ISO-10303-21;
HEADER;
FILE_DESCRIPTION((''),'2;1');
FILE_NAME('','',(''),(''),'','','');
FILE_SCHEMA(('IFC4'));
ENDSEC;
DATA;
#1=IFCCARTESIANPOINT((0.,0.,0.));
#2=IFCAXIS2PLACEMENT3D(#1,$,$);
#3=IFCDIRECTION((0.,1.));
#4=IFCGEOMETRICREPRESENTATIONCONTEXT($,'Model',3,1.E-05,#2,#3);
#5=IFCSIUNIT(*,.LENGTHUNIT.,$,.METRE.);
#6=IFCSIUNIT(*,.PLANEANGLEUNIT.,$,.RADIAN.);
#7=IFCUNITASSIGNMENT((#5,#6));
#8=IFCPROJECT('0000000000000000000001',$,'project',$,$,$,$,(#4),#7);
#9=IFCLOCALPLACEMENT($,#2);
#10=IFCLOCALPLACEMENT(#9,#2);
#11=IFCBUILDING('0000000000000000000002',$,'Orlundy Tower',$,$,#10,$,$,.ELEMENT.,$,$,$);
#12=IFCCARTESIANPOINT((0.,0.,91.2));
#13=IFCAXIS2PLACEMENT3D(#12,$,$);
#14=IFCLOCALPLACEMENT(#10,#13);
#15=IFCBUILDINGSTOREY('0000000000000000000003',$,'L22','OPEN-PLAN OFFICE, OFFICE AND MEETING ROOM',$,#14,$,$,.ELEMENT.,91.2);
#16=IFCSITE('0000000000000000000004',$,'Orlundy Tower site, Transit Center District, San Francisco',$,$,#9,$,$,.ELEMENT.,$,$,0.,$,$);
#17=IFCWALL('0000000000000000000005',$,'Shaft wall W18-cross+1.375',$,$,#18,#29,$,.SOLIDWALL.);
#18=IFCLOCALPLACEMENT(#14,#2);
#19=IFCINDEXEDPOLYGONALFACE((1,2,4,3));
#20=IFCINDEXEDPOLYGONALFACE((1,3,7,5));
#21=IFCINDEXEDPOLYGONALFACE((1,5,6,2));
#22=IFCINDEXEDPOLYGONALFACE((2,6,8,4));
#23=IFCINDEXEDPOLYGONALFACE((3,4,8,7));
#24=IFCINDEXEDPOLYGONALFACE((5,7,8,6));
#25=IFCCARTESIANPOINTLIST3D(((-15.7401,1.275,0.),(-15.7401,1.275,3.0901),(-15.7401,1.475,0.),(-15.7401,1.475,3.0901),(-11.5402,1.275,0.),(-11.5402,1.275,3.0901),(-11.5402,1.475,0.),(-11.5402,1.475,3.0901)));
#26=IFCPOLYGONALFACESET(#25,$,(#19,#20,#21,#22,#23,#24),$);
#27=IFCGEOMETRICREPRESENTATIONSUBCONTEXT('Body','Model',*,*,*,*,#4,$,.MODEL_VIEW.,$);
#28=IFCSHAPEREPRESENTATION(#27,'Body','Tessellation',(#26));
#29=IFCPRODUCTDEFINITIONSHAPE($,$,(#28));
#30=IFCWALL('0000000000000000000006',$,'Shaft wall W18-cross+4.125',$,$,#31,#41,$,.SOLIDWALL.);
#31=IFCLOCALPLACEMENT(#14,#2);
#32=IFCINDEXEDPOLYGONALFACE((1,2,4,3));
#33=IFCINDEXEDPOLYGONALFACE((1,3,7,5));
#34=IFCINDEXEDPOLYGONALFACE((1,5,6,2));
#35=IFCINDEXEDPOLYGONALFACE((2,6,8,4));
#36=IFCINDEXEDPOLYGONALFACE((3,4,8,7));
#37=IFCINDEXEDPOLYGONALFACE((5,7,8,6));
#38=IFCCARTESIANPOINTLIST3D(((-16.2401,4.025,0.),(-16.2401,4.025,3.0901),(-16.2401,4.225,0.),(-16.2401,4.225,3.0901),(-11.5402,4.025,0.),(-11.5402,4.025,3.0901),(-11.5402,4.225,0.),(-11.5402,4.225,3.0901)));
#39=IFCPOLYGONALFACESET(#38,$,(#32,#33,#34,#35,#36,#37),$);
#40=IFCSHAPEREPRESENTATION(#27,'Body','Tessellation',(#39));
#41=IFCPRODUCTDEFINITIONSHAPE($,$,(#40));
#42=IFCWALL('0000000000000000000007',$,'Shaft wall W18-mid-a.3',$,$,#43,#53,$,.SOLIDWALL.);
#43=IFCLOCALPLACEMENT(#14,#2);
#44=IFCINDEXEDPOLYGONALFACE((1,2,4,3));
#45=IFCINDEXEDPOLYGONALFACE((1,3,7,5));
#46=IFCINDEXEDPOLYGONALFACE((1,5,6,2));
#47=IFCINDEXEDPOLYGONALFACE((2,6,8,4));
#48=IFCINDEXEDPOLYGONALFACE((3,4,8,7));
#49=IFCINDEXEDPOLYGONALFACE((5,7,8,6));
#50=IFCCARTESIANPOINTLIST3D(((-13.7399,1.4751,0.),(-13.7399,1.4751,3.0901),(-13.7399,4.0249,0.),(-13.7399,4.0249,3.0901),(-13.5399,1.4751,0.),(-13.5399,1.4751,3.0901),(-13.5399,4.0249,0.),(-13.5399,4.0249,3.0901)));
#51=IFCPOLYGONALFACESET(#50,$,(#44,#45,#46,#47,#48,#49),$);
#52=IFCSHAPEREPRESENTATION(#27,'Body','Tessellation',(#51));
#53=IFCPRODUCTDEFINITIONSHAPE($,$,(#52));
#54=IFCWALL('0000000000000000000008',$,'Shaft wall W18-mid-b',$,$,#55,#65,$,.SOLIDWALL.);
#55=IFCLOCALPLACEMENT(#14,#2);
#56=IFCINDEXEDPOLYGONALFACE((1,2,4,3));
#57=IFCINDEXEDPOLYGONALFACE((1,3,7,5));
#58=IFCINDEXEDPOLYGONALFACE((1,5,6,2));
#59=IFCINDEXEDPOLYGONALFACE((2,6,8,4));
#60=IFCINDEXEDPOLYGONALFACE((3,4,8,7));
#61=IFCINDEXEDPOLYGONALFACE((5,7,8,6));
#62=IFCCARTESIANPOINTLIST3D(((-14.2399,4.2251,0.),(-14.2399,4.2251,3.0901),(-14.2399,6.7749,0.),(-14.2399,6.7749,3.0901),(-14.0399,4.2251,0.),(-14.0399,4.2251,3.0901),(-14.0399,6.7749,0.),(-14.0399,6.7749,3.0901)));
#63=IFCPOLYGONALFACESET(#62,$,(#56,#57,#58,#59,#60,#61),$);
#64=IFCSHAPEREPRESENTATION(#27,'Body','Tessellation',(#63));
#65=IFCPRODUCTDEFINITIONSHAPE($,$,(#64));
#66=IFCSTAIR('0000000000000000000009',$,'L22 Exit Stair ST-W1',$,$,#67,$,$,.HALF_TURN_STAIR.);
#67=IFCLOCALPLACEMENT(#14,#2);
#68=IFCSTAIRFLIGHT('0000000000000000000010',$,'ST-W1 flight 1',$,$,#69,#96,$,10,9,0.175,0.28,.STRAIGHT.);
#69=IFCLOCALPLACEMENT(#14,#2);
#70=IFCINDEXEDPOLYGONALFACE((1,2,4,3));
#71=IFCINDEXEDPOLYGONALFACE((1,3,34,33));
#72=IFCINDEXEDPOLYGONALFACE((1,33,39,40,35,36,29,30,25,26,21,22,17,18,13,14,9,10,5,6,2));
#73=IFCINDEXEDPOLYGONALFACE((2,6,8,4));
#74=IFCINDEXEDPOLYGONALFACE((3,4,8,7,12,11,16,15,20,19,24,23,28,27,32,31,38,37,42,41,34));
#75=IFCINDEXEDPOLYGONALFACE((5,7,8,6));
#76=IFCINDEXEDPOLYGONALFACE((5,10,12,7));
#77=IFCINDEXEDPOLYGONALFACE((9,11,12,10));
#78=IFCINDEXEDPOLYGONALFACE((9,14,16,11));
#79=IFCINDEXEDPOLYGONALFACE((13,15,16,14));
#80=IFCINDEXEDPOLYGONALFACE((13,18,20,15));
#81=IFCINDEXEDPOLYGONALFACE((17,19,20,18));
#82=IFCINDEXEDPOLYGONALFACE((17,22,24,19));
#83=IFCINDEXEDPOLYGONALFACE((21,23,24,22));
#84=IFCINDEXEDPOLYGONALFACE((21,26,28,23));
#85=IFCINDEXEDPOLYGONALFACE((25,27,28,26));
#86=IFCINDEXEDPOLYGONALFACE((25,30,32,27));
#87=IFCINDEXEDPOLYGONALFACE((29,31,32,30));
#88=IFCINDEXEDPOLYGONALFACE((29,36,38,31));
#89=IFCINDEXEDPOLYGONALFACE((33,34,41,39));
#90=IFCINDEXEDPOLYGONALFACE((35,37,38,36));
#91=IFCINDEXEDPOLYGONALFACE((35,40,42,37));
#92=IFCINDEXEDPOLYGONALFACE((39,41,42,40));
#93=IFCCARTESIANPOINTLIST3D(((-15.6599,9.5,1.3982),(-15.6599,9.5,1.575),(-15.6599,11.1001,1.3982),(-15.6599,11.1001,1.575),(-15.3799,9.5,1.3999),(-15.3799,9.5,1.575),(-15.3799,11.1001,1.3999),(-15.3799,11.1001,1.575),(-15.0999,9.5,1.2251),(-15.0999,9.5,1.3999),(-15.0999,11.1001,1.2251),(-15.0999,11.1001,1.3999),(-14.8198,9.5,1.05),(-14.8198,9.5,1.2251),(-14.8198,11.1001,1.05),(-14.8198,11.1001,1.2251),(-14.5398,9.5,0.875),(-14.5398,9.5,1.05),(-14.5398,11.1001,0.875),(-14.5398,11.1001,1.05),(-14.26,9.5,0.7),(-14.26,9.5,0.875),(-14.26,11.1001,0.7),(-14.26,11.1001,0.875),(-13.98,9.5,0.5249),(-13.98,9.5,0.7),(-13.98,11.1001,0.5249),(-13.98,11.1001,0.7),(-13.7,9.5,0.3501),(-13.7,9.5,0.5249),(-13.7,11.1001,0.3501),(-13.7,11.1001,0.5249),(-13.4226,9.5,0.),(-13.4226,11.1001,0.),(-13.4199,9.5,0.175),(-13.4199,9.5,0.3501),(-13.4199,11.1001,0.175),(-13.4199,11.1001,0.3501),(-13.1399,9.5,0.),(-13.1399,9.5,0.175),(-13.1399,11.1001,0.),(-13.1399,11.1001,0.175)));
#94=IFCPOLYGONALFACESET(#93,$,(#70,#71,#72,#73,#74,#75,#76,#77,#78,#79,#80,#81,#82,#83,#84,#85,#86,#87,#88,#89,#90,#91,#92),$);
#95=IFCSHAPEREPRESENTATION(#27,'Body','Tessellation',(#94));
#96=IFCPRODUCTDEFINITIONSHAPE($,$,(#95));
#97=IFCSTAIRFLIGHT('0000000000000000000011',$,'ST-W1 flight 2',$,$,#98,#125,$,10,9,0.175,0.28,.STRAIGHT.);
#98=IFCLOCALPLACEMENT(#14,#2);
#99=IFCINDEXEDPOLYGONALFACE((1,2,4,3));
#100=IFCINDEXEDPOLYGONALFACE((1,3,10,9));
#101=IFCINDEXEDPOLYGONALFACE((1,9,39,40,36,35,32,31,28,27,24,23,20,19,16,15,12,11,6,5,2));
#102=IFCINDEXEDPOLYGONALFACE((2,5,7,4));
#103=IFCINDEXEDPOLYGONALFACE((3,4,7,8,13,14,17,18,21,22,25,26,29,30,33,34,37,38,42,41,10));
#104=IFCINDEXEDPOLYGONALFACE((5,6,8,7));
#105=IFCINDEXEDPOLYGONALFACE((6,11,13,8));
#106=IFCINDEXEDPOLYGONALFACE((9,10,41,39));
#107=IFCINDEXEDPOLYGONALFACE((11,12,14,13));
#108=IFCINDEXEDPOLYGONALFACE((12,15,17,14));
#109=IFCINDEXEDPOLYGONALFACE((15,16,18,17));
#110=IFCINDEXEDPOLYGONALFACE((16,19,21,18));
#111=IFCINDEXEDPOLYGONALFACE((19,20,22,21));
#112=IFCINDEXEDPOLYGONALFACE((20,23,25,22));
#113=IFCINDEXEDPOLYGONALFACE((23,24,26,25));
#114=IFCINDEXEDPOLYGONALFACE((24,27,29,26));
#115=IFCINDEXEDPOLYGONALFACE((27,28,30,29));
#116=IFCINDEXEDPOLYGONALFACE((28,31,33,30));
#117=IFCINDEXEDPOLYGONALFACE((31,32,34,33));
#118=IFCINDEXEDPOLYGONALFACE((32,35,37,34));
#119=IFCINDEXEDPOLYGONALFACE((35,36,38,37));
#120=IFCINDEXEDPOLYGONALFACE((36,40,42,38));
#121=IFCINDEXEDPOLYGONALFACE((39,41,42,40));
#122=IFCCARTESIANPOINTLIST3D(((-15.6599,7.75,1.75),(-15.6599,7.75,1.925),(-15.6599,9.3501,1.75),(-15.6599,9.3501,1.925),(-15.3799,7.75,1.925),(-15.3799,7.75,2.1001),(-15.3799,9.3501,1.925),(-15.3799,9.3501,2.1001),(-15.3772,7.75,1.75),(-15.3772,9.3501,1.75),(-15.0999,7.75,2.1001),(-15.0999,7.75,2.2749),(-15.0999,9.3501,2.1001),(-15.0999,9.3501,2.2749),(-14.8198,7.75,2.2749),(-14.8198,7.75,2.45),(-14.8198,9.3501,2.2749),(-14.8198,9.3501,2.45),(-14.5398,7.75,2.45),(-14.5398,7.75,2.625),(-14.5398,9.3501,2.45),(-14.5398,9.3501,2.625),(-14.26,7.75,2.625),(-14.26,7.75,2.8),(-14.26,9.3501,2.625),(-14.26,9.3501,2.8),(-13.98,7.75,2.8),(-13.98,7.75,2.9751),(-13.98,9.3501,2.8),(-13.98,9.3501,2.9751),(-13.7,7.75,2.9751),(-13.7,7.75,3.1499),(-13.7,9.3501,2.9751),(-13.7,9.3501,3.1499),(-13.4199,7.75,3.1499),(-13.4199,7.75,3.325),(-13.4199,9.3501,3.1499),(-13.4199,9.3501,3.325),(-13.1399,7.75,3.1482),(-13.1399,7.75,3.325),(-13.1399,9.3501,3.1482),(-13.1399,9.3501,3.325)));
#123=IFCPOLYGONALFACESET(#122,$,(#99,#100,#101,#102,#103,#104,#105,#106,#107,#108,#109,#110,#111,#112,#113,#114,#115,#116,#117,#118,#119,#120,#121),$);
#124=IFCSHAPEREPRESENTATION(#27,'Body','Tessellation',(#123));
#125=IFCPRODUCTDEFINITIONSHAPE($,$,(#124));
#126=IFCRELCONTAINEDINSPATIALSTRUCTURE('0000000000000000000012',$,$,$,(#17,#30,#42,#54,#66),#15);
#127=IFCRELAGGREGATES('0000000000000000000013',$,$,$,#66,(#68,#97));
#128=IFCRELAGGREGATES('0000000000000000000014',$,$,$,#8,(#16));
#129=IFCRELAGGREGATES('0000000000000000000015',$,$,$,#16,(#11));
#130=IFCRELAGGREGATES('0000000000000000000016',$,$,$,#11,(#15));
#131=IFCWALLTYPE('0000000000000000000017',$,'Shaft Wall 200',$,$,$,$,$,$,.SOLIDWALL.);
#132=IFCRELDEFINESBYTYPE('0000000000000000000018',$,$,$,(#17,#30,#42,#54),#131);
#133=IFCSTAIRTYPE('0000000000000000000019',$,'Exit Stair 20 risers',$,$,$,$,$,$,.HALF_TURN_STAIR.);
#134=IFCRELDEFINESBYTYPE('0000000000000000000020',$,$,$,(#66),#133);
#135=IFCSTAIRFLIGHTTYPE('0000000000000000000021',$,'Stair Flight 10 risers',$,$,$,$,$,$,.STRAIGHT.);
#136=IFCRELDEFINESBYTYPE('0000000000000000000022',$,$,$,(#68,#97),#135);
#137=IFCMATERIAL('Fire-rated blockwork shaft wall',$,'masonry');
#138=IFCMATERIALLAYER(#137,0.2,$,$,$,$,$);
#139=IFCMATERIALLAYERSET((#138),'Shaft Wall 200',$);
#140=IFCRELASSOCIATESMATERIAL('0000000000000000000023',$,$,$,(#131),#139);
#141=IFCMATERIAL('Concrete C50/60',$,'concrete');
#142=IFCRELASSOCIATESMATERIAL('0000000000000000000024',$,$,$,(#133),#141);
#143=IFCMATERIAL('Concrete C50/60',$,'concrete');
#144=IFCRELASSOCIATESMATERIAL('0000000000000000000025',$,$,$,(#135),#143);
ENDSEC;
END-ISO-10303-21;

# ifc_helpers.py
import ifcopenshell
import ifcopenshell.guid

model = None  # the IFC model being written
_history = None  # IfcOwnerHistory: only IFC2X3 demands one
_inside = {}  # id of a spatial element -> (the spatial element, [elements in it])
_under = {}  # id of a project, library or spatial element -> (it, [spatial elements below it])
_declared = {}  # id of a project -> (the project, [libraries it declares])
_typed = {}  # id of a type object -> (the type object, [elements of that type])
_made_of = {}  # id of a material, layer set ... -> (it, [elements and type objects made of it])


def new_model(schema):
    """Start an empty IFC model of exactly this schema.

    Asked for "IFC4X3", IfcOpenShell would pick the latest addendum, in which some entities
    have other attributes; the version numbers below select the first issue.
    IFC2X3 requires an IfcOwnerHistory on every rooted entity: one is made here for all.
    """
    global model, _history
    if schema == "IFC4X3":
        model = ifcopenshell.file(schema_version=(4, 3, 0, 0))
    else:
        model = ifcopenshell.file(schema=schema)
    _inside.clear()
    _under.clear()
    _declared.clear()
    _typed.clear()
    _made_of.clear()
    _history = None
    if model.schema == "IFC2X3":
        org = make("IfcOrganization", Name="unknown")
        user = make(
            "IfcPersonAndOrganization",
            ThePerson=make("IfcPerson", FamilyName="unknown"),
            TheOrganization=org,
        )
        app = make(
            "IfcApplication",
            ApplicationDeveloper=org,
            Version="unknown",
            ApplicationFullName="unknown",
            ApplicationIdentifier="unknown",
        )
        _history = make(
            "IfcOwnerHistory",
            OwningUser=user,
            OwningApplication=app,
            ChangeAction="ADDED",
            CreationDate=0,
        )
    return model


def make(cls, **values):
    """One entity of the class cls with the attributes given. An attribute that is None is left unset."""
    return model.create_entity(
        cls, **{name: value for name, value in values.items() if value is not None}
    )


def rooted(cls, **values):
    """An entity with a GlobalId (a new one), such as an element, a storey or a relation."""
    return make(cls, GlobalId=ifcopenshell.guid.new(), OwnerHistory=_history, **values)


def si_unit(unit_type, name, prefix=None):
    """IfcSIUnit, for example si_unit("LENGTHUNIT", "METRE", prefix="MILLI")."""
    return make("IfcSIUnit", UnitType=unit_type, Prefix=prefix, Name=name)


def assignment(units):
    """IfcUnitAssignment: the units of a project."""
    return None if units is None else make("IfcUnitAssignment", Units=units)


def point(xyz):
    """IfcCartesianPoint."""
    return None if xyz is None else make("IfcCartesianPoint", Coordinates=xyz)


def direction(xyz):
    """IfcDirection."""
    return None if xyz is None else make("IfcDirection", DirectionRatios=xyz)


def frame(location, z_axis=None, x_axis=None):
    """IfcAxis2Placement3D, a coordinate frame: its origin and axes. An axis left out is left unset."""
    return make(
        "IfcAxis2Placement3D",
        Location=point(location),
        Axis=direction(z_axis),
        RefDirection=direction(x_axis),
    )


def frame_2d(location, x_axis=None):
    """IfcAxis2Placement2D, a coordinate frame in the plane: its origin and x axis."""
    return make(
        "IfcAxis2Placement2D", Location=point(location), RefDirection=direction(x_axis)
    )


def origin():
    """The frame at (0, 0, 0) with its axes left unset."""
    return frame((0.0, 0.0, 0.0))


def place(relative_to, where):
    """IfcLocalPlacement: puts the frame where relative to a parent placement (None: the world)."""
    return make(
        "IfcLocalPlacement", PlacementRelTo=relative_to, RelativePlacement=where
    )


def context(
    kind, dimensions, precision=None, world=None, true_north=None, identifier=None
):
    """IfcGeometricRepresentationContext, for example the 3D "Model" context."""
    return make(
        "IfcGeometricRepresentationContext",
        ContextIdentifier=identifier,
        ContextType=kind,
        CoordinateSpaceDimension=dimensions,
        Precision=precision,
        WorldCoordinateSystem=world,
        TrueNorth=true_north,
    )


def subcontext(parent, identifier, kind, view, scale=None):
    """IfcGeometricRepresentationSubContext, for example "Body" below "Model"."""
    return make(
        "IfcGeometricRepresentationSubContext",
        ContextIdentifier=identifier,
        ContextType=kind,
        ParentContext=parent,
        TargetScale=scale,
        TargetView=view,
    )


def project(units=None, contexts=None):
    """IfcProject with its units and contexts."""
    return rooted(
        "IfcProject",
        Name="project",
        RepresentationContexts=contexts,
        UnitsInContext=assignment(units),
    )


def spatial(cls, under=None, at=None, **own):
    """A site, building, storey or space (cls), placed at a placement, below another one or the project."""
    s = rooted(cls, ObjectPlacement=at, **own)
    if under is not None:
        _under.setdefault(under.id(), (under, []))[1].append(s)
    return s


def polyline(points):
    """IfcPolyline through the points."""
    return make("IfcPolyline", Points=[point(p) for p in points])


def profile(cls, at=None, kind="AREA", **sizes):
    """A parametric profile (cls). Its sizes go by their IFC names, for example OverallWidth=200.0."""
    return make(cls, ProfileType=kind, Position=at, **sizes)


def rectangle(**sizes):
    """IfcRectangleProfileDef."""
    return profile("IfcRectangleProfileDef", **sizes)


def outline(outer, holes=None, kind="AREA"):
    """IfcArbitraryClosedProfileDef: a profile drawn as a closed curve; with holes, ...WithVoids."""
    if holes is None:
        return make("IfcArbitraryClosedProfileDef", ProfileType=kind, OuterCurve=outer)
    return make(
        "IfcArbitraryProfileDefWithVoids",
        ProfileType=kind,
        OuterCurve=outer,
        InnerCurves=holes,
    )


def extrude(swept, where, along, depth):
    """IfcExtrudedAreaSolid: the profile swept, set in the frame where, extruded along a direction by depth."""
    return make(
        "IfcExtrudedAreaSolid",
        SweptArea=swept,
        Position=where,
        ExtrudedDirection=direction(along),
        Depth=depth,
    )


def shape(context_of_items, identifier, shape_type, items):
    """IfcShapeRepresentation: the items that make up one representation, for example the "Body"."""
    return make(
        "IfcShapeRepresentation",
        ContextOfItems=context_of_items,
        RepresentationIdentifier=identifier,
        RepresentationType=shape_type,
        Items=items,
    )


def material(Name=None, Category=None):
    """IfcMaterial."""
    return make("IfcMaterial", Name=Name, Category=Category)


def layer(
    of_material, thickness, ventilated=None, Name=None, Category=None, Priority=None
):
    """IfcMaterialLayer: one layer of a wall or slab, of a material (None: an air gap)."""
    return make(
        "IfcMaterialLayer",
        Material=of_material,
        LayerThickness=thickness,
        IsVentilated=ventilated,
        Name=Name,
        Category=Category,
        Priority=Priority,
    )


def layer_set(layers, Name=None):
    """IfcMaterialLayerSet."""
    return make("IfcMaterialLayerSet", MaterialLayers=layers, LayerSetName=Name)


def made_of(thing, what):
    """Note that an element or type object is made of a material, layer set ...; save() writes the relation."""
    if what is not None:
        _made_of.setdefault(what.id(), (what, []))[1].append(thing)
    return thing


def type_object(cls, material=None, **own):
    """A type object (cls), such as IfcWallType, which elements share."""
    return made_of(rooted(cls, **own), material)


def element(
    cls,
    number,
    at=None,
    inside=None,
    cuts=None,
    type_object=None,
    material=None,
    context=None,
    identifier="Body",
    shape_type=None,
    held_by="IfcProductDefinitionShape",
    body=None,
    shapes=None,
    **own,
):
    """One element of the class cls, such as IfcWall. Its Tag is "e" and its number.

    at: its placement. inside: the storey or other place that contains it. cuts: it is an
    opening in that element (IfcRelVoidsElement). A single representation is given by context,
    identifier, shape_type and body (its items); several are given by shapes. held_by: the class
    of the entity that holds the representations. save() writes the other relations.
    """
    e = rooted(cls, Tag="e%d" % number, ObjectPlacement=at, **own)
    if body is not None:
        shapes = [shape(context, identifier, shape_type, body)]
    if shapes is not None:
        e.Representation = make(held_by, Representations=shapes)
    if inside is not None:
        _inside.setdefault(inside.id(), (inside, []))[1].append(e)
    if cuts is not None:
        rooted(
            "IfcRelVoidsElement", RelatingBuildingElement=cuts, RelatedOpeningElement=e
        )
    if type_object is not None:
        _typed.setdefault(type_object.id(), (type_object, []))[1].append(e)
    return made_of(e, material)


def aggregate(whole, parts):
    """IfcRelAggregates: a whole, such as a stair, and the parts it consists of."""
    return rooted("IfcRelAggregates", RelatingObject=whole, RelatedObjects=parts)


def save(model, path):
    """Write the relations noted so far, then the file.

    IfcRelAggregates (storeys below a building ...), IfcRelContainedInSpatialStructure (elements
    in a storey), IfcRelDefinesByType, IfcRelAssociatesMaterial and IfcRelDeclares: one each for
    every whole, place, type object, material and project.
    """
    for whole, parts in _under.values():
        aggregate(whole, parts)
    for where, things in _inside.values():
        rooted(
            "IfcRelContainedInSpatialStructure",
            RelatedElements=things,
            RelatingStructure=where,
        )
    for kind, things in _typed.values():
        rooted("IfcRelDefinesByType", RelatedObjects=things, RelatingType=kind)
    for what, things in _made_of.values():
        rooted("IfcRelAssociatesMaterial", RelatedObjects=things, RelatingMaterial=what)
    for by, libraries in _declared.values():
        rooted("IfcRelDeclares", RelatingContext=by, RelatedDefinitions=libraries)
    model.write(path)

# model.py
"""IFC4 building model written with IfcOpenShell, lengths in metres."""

from ifc_helpers import new_model, si_unit, direction, frame, frame_2d, origin, place, context, subcontext, project, spatial, polyline, rectangle, outline, extrude, material, layer, layer_set, type_object, element, aggregate, save


model = new_model("IFC4")

# Units and contexts
model_context = context("Model", 3, precision=1e-05, world=origin(), true_north=direction((0.0, 1.0)))
body_context = subcontext(model_context, "Body", "Model", "MODEL_VIEW")
ifc_project = project(units=[si_unit("LENGTHUNIT", "METRE"), si_unit("PLANEANGLEUNIT", "RADIAN")], contexts=[model_context])

# Site, building, storey
site_placement = place(None, origin())
site = spatial("IfcSite", under=ifc_project, at=site_placement, Name="Orlundy Tower site, Transit Center District, San Francisco", CompositionType="ELEMENT", RefElevation=0.0)
building_placement = place(site_placement, origin())
building = spatial("IfcBuilding", under=site, at=building_placement, Name="Orlundy Tower", CompositionType="ELEMENT")
storey_placement = place(building_placement, frame((0.0, 0.0, 91.2)))
storey = spatial("IfcBuildingStorey", under=building, at=storey_placement, Name="L22", Description="OPEN-PLAN OFFICE, OFFICE AND MEETING ROOM", CompositionType="ELEMENT", Elevation=91.2)

# Walls
ifc_material_1 = material(Name="Fire-rated blockwork shaft wall", Category="masonry")
ifc_layer_1 = layer(ifc_material_1, 0.2)
ifc_layer_set_1 = layer_set([ifc_layer_1], Name="Shaft Wall 200")
wall_type_1 = type_object("IfcWallType", Name="Shaft Wall 200", PredefinedType="SOLIDWALL", material=ifc_layer_set_1)
wall_1_placement = place(storey_placement, frame((-11.54, 1.375, 0.0), z_axis=(0.0, 0.0, 1.0), x_axis=(-1.0, 0.0, 0.0)))
element("IfcWall", 1, at=wall_1_placement, inside=storey, type_object=wall_type_1, Name="Shaft wall W18-cross+1.375", PredefinedType="SOLIDWALL", context=body_context, shape_type="SweptSolid", body=[
    extrude(rectangle(XDim=4.2, YDim=0.2, at=frame_2d((2.1001, 0.0))), origin(), (0.0, 0.0, 1.0), 3.0901),
])
wall_2_placement = place(storey_placement, frame((-11.54, 4.125, 0.0), z_axis=(0.0, 0.0, 1.0), x_axis=(-1.0, 0.0, 0.0)))
element("IfcWall", 2, at=wall_2_placement, inside=storey, type_object=wall_type_1, Name="Shaft wall W18-cross+4.125", PredefinedType="SOLIDWALL", context=body_context, shape_type="SweptSolid", body=[
    extrude(rectangle(XDim=4.7, YDim=0.2, at=frame_2d((2.3501, 0.0))), origin(), (0.0, 0.0, 1.0), 3.0901),
])
for number, where, z_axis, x_axis, name in (
    (3, (-13.6399, 1.4751, 0.0), (0.0, 0.0, 1.0), (0.0, 1.0, 0.0), "Shaft wall W18-mid-a.3"),
    (4, (-14.1399, 4.2251, 0.0), (0.0, 0.0, 1.0), (0.0, 1.0, 0.0), "Shaft wall W18-mid-b"),
):
    element("IfcWall", number, at=place(storey_placement, frame(where, z_axis=z_axis, x_axis=x_axis)), inside=storey, type_object=wall_type_1, Name=name, PredefinedType="SOLIDWALL", context=body_context, shape_type="SweptSolid", body=[
        extrude(rectangle(XDim=2.5498, YDim=0.2, at=frame_2d((1.2749, 0.0))), origin(), (0.0, 0.0, 1.0), 3.0901),
    ])

# Stair, stair flights
ifc_material_2 = material(Name="Concrete C50/60", Category="concrete")
stair_type = type_object("IfcStairType", Name="Exit Stair 20 risers", PredefinedType="HALF_TURN_STAIR", material=ifc_material_2)
stair_placement = place(storey_placement, origin())
stair = element("IfcStair", 5, at=stair_placement, inside=storey, type_object=stair_type, Name="L22 Exit Stair ST-W1", PredefinedType="HALF_TURN_STAIR")
ifc_material_3 = material(Name="Concrete C50/60", Category="concrete")
stair_flight_type = type_object("IfcStairFlightType", Name="Stair Flight 10 risers", PredefinedType="STRAIGHT", material=ifc_material_3)
stair_flight_1_placement = place(storey_placement, frame((-13.1399, 10.3, 0.0), z_axis=(0.0, 0.0, 1.0), x_axis=(-1.0, 0.0, 0.0)))
stair_flight_1 = element("IfcStairFlight", 6, at=stair_flight_1_placement, type_object=stair_flight_type, Name="ST-W1 flight 1", NumberOfRisers=10, NumberOfTreads=9, PredefinedType="STRAIGHT", RiserHeight=0.175, TreadLength=0.28, context=body_context, shape_type="SweptSolid", body=[
    extrude(outline(polyline([(0.0, 0.0), (0.0, 0.175), (0.28, 0.175), (0.28, 0.3501), (0.5601, 0.3501), (0.5601, 0.5249), (0.8401, 0.5249), (0.8401, 0.7), (1.1201, 0.7), (1.1201, 0.875), (1.3999, 0.875), (1.3999, 1.05), (1.6799, 1.05), (1.6799, 1.2251), (1.96, 1.2251), (1.96, 1.3999), (2.24, 1.3999), (2.24, 1.575), (2.52, 1.575), (2.52, 1.75), (2.52, 1.3982), (0.2827, 0.0), (0.0, 0.0)])), frame((0.0, 0.8, 0.0), z_axis=(0.0, -1.0, 0.0), x_axis=(1.0, 0.0, 0.0)), (0.0, 0.0, 1.0), 1.6001),
])
stair_flight_2_placement = place(storey_placement, frame((-15.6599, 8.55, 1.75), z_axis=(0.0, 0.0, 1.0), x_axis=(1.0, 0.0, 0.0)))
stair_flight_2 = element("IfcStairFlight", 7, at=stair_flight_2_placement, type_object=stair_flight_type, Name="ST-W1 flight 2", NumberOfRisers=10, NumberOfTreads=9, PredefinedType="STRAIGHT", RiserHeight=0.175, TreadLength=0.28, context=body_context, shape_type="SweptSolid", body=[
    extrude(outline(polyline([(0.0, 0.0), (0.0, 0.175), (0.28, 0.175), (0.28, 0.3501), (0.5601, 0.3501), (0.5601, 0.5249), (0.8401, 0.5249), (0.8401, 0.7), (1.1201, 0.7), (1.1201, 0.875), (1.3999, 0.875), (1.3999, 1.05), (1.6799, 1.05), (1.6799, 1.2251), (1.96, 1.2251), (1.96, 1.3999), (2.24, 1.3999), (2.24, 1.575), (2.52, 1.575), (2.52, 1.75), (2.52, 1.3982), (0.2827, 0.0), (0.0, 0.0)])), frame((0.0, 0.8, 0.0), z_axis=(0.0, -1.0, 0.0), x_axis=(1.0, 0.0, 0.0)), (0.0, 0.0, 1.0), 1.6001),
])
aggregate(stair, [stair_flight_1, stair_flight_2])

save(model, "model.ifc")
